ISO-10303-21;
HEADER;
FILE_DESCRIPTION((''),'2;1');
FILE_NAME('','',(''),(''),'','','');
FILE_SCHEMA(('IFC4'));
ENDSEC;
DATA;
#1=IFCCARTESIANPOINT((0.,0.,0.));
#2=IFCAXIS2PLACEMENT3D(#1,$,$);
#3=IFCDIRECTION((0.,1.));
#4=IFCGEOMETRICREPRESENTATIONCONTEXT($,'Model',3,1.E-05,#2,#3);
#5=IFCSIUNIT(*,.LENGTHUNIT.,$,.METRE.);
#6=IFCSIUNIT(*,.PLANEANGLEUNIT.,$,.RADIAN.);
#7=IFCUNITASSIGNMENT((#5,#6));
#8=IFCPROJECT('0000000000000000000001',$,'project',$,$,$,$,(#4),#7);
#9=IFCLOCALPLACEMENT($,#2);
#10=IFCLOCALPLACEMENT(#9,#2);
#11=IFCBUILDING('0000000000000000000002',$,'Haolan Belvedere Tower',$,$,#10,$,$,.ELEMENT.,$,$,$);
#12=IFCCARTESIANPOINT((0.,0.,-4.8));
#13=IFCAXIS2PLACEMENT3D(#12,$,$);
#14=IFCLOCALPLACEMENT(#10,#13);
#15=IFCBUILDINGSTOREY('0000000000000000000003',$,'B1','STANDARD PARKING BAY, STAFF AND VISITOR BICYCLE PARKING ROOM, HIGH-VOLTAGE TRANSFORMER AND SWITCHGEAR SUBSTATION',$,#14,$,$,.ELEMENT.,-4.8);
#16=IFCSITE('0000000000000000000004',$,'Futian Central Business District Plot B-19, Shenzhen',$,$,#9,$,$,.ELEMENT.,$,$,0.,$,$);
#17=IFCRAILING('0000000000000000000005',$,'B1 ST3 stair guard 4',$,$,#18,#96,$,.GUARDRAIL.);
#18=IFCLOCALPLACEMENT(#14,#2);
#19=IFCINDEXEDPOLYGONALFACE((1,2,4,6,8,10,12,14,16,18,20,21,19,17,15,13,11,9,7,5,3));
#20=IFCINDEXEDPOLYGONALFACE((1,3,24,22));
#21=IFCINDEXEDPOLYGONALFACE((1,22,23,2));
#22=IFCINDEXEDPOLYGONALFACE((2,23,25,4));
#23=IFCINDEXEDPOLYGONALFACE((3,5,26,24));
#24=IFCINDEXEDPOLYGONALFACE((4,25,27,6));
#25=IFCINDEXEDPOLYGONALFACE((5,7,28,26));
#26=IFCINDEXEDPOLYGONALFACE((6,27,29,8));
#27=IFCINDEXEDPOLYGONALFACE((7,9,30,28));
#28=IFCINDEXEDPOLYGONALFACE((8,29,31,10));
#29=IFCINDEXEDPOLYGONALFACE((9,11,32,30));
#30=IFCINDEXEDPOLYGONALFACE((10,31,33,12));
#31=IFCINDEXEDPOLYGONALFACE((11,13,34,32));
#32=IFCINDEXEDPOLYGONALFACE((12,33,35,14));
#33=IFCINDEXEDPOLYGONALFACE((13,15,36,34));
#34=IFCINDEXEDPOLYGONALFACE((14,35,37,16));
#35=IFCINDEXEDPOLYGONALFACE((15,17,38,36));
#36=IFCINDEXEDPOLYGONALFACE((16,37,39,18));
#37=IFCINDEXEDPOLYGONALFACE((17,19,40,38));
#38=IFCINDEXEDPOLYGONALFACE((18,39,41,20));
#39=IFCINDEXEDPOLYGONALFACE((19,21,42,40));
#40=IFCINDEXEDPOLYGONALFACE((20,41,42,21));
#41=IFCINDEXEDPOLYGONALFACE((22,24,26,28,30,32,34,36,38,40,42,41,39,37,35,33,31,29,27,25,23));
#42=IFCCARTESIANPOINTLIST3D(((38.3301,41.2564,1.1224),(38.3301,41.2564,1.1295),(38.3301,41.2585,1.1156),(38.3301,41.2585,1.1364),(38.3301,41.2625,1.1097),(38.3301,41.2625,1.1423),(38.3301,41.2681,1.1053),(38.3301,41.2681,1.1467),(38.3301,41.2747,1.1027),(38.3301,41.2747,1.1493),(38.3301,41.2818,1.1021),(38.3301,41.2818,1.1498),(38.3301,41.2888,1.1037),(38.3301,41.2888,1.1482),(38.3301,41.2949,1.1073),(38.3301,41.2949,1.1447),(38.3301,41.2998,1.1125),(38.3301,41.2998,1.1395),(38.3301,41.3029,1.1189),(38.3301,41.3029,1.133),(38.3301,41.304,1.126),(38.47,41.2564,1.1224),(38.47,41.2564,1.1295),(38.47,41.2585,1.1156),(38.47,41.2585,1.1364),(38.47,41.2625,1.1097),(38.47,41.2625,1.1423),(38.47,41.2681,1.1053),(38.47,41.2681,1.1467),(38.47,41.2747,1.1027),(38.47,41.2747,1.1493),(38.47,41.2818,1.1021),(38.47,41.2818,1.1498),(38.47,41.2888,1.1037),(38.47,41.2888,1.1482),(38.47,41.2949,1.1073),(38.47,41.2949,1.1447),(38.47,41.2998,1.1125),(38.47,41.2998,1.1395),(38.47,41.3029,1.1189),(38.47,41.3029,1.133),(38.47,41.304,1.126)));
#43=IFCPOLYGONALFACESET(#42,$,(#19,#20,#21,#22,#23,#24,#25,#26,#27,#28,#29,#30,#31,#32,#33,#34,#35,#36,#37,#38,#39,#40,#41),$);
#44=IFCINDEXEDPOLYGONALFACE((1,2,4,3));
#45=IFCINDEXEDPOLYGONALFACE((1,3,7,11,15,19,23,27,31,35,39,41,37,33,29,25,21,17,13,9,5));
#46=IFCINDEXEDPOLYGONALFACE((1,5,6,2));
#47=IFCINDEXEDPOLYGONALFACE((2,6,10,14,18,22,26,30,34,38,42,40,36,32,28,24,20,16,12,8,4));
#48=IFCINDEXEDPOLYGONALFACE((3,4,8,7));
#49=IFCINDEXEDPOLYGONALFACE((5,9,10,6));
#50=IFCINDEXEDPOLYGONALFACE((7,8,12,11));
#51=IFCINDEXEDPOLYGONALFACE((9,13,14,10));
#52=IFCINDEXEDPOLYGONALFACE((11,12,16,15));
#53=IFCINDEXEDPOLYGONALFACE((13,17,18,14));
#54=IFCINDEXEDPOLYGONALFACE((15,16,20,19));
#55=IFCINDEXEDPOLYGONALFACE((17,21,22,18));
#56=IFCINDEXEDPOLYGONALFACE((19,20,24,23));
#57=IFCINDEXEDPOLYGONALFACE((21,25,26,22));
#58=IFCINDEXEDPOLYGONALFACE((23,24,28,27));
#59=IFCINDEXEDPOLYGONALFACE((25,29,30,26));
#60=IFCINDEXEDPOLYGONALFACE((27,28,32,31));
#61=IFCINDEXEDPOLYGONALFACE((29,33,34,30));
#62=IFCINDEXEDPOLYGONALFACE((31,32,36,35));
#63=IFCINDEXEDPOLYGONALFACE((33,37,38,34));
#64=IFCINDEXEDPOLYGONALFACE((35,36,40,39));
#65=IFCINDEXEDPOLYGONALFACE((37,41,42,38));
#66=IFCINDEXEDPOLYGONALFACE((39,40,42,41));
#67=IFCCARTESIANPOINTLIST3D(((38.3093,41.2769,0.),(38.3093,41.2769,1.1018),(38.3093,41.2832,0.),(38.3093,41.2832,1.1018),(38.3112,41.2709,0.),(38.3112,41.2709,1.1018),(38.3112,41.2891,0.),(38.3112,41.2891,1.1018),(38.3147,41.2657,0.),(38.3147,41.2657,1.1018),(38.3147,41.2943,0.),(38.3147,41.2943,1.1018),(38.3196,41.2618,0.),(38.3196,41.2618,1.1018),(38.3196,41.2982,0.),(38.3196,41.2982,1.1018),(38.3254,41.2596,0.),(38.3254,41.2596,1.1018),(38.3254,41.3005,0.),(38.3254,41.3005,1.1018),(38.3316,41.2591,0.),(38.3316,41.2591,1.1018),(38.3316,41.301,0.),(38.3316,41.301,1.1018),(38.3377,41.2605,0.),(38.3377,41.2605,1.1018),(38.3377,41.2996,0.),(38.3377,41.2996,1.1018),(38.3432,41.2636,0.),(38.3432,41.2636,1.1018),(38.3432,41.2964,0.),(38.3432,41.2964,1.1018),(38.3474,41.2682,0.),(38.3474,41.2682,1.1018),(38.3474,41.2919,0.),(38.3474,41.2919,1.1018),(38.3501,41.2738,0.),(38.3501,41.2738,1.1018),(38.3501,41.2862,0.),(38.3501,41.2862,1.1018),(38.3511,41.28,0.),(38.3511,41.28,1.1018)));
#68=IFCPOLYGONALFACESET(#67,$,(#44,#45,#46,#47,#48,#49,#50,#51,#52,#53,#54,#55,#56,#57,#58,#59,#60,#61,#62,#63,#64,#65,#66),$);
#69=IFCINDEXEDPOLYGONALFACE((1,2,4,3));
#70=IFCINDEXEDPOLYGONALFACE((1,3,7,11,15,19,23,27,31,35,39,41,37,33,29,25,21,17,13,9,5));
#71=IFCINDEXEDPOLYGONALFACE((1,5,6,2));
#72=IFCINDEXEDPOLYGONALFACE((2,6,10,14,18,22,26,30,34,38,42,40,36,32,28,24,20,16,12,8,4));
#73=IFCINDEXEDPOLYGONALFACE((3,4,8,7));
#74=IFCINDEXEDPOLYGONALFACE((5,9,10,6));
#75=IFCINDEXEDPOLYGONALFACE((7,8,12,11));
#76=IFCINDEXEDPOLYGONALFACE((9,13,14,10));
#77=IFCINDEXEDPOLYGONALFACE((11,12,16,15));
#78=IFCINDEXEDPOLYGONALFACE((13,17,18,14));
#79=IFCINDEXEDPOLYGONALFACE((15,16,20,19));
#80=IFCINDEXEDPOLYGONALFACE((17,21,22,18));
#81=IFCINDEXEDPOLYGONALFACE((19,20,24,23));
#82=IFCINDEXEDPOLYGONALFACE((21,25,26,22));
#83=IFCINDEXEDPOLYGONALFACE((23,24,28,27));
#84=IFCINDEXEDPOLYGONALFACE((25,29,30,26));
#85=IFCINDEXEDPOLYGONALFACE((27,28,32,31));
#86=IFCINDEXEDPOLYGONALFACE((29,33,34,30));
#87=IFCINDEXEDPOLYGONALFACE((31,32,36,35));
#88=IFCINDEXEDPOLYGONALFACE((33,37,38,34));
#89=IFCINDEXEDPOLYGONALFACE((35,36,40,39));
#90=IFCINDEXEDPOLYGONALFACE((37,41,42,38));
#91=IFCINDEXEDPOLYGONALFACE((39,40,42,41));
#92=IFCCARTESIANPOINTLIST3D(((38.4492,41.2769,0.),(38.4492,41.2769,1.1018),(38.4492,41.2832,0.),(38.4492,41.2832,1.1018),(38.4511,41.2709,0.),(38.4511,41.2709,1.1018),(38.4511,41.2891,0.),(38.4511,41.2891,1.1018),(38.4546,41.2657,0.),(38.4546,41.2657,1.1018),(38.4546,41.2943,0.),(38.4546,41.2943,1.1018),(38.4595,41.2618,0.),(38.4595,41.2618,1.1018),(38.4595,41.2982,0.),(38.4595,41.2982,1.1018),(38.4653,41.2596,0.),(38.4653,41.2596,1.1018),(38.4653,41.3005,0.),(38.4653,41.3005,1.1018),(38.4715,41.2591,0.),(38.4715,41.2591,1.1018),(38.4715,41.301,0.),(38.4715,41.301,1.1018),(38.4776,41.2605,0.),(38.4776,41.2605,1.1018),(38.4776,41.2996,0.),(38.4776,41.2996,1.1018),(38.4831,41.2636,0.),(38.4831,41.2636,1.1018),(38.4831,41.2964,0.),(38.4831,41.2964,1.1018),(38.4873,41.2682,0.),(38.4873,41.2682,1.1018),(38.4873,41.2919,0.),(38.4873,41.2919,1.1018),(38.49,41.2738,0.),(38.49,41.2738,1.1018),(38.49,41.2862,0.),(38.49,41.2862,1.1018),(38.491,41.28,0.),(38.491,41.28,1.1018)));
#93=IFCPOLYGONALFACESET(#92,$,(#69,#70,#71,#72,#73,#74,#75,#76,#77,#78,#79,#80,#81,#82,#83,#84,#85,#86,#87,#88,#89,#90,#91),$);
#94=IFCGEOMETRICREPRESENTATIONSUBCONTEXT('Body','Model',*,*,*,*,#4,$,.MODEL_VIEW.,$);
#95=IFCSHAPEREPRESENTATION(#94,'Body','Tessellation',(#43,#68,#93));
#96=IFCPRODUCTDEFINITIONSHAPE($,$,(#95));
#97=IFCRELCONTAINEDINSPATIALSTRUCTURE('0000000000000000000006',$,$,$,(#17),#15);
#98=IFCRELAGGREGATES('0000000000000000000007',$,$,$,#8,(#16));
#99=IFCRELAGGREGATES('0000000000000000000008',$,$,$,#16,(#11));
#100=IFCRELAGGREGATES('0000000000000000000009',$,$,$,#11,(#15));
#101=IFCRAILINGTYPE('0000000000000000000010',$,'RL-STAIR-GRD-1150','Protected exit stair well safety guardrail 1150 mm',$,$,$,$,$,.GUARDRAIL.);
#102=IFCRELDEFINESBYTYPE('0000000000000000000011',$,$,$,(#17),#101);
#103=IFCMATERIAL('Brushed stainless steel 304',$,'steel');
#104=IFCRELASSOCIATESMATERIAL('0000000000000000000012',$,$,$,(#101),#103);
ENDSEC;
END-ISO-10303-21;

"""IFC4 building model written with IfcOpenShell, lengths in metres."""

from ifc_helpers import new_model, si_unit, direction, frame, origin, origin_2d, place, context, subcontext, project, spatial, circle, extrude, material, type_object, element, save


model = new_model("IFC4")

# Units and contexts
model_context = context("Model", 3, precision=1e-05, world=origin(), true_north=direction((0.0, 1.0)))
body_context = subcontext(model_context, "Body", "Model", "MODEL_VIEW")
ifc_project = project(units=[si_unit("LENGTHUNIT", "METRE"), si_unit("PLANEANGLEUNIT", "RADIAN")], contexts=[model_context])

# Site, building, storey
site_placement = place(None, origin())
site = spatial("IfcSite", under=ifc_project, at=site_placement, Name="Futian Central Business District Plot B-19, Shenzhen", CompositionType="ELEMENT", RefElevation=0.0)
building_placement = place(site_placement, origin())
building = spatial("IfcBuilding", under=site, at=building_placement, Name="Haolan Belvedere Tower", CompositionType="ELEMENT")
storey_placement = place(building_placement, frame((0.0, 0.0, -4.8)))
storey = spatial("IfcBuildingStorey", under=building, at=storey_placement, Name="B1", Description="STANDARD PARKING BAY, STAFF AND VISITOR BICYCLE PARKING ROOM, HIGH-VOLTAGE TRANSFORMER AND SWITCHGEAR SUBSTATION", CompositionType="ELEMENT", Elevation=-4.8)

# Railing
ifc_material_1 = material(Name="Brushed stainless steel 304", Category="steel")
railing_type_1 = type_object("IfcRailingType", Name="RL-STAIR-GRD-1150", Description="Protected exit stair well safety guardrail 1150 mm", PredefinedType="GUARDRAIL", material=ifc_material_1)
railing_1_placement = place(storey_placement, frame((38.3301, 41.28, 0.0)))
element("IfcRailing", 1, at=railing_1_placement, inside=storey, type_object=railing_type_1, Name="B1 ST3 stair guard 4", PredefinedType="GUARDRAIL", context=body_context, shape_type="SweptSolid", body=[
    extrude(circle(Radius=0.0239, at=origin_2d()), frame((0.0, 0.0, 1.126), z_axis=(1.0, 0.0, 0.0), x_axis=(0.0, 1.0, 0.0)), (0.0, 0.0, 1.0), 0.1399),
    extrude(circle(Radius=0.021, at=origin_2d()), origin(), (0.0, 0.0, 1.0), 1.1018),
    extrude(circle(Radius=0.021, at=origin_2d()), frame((0.1399, 0.0, 0.0)), (0.0, 0.0, 1.0), 1.1018),
])

save(model, "model.ifc")
